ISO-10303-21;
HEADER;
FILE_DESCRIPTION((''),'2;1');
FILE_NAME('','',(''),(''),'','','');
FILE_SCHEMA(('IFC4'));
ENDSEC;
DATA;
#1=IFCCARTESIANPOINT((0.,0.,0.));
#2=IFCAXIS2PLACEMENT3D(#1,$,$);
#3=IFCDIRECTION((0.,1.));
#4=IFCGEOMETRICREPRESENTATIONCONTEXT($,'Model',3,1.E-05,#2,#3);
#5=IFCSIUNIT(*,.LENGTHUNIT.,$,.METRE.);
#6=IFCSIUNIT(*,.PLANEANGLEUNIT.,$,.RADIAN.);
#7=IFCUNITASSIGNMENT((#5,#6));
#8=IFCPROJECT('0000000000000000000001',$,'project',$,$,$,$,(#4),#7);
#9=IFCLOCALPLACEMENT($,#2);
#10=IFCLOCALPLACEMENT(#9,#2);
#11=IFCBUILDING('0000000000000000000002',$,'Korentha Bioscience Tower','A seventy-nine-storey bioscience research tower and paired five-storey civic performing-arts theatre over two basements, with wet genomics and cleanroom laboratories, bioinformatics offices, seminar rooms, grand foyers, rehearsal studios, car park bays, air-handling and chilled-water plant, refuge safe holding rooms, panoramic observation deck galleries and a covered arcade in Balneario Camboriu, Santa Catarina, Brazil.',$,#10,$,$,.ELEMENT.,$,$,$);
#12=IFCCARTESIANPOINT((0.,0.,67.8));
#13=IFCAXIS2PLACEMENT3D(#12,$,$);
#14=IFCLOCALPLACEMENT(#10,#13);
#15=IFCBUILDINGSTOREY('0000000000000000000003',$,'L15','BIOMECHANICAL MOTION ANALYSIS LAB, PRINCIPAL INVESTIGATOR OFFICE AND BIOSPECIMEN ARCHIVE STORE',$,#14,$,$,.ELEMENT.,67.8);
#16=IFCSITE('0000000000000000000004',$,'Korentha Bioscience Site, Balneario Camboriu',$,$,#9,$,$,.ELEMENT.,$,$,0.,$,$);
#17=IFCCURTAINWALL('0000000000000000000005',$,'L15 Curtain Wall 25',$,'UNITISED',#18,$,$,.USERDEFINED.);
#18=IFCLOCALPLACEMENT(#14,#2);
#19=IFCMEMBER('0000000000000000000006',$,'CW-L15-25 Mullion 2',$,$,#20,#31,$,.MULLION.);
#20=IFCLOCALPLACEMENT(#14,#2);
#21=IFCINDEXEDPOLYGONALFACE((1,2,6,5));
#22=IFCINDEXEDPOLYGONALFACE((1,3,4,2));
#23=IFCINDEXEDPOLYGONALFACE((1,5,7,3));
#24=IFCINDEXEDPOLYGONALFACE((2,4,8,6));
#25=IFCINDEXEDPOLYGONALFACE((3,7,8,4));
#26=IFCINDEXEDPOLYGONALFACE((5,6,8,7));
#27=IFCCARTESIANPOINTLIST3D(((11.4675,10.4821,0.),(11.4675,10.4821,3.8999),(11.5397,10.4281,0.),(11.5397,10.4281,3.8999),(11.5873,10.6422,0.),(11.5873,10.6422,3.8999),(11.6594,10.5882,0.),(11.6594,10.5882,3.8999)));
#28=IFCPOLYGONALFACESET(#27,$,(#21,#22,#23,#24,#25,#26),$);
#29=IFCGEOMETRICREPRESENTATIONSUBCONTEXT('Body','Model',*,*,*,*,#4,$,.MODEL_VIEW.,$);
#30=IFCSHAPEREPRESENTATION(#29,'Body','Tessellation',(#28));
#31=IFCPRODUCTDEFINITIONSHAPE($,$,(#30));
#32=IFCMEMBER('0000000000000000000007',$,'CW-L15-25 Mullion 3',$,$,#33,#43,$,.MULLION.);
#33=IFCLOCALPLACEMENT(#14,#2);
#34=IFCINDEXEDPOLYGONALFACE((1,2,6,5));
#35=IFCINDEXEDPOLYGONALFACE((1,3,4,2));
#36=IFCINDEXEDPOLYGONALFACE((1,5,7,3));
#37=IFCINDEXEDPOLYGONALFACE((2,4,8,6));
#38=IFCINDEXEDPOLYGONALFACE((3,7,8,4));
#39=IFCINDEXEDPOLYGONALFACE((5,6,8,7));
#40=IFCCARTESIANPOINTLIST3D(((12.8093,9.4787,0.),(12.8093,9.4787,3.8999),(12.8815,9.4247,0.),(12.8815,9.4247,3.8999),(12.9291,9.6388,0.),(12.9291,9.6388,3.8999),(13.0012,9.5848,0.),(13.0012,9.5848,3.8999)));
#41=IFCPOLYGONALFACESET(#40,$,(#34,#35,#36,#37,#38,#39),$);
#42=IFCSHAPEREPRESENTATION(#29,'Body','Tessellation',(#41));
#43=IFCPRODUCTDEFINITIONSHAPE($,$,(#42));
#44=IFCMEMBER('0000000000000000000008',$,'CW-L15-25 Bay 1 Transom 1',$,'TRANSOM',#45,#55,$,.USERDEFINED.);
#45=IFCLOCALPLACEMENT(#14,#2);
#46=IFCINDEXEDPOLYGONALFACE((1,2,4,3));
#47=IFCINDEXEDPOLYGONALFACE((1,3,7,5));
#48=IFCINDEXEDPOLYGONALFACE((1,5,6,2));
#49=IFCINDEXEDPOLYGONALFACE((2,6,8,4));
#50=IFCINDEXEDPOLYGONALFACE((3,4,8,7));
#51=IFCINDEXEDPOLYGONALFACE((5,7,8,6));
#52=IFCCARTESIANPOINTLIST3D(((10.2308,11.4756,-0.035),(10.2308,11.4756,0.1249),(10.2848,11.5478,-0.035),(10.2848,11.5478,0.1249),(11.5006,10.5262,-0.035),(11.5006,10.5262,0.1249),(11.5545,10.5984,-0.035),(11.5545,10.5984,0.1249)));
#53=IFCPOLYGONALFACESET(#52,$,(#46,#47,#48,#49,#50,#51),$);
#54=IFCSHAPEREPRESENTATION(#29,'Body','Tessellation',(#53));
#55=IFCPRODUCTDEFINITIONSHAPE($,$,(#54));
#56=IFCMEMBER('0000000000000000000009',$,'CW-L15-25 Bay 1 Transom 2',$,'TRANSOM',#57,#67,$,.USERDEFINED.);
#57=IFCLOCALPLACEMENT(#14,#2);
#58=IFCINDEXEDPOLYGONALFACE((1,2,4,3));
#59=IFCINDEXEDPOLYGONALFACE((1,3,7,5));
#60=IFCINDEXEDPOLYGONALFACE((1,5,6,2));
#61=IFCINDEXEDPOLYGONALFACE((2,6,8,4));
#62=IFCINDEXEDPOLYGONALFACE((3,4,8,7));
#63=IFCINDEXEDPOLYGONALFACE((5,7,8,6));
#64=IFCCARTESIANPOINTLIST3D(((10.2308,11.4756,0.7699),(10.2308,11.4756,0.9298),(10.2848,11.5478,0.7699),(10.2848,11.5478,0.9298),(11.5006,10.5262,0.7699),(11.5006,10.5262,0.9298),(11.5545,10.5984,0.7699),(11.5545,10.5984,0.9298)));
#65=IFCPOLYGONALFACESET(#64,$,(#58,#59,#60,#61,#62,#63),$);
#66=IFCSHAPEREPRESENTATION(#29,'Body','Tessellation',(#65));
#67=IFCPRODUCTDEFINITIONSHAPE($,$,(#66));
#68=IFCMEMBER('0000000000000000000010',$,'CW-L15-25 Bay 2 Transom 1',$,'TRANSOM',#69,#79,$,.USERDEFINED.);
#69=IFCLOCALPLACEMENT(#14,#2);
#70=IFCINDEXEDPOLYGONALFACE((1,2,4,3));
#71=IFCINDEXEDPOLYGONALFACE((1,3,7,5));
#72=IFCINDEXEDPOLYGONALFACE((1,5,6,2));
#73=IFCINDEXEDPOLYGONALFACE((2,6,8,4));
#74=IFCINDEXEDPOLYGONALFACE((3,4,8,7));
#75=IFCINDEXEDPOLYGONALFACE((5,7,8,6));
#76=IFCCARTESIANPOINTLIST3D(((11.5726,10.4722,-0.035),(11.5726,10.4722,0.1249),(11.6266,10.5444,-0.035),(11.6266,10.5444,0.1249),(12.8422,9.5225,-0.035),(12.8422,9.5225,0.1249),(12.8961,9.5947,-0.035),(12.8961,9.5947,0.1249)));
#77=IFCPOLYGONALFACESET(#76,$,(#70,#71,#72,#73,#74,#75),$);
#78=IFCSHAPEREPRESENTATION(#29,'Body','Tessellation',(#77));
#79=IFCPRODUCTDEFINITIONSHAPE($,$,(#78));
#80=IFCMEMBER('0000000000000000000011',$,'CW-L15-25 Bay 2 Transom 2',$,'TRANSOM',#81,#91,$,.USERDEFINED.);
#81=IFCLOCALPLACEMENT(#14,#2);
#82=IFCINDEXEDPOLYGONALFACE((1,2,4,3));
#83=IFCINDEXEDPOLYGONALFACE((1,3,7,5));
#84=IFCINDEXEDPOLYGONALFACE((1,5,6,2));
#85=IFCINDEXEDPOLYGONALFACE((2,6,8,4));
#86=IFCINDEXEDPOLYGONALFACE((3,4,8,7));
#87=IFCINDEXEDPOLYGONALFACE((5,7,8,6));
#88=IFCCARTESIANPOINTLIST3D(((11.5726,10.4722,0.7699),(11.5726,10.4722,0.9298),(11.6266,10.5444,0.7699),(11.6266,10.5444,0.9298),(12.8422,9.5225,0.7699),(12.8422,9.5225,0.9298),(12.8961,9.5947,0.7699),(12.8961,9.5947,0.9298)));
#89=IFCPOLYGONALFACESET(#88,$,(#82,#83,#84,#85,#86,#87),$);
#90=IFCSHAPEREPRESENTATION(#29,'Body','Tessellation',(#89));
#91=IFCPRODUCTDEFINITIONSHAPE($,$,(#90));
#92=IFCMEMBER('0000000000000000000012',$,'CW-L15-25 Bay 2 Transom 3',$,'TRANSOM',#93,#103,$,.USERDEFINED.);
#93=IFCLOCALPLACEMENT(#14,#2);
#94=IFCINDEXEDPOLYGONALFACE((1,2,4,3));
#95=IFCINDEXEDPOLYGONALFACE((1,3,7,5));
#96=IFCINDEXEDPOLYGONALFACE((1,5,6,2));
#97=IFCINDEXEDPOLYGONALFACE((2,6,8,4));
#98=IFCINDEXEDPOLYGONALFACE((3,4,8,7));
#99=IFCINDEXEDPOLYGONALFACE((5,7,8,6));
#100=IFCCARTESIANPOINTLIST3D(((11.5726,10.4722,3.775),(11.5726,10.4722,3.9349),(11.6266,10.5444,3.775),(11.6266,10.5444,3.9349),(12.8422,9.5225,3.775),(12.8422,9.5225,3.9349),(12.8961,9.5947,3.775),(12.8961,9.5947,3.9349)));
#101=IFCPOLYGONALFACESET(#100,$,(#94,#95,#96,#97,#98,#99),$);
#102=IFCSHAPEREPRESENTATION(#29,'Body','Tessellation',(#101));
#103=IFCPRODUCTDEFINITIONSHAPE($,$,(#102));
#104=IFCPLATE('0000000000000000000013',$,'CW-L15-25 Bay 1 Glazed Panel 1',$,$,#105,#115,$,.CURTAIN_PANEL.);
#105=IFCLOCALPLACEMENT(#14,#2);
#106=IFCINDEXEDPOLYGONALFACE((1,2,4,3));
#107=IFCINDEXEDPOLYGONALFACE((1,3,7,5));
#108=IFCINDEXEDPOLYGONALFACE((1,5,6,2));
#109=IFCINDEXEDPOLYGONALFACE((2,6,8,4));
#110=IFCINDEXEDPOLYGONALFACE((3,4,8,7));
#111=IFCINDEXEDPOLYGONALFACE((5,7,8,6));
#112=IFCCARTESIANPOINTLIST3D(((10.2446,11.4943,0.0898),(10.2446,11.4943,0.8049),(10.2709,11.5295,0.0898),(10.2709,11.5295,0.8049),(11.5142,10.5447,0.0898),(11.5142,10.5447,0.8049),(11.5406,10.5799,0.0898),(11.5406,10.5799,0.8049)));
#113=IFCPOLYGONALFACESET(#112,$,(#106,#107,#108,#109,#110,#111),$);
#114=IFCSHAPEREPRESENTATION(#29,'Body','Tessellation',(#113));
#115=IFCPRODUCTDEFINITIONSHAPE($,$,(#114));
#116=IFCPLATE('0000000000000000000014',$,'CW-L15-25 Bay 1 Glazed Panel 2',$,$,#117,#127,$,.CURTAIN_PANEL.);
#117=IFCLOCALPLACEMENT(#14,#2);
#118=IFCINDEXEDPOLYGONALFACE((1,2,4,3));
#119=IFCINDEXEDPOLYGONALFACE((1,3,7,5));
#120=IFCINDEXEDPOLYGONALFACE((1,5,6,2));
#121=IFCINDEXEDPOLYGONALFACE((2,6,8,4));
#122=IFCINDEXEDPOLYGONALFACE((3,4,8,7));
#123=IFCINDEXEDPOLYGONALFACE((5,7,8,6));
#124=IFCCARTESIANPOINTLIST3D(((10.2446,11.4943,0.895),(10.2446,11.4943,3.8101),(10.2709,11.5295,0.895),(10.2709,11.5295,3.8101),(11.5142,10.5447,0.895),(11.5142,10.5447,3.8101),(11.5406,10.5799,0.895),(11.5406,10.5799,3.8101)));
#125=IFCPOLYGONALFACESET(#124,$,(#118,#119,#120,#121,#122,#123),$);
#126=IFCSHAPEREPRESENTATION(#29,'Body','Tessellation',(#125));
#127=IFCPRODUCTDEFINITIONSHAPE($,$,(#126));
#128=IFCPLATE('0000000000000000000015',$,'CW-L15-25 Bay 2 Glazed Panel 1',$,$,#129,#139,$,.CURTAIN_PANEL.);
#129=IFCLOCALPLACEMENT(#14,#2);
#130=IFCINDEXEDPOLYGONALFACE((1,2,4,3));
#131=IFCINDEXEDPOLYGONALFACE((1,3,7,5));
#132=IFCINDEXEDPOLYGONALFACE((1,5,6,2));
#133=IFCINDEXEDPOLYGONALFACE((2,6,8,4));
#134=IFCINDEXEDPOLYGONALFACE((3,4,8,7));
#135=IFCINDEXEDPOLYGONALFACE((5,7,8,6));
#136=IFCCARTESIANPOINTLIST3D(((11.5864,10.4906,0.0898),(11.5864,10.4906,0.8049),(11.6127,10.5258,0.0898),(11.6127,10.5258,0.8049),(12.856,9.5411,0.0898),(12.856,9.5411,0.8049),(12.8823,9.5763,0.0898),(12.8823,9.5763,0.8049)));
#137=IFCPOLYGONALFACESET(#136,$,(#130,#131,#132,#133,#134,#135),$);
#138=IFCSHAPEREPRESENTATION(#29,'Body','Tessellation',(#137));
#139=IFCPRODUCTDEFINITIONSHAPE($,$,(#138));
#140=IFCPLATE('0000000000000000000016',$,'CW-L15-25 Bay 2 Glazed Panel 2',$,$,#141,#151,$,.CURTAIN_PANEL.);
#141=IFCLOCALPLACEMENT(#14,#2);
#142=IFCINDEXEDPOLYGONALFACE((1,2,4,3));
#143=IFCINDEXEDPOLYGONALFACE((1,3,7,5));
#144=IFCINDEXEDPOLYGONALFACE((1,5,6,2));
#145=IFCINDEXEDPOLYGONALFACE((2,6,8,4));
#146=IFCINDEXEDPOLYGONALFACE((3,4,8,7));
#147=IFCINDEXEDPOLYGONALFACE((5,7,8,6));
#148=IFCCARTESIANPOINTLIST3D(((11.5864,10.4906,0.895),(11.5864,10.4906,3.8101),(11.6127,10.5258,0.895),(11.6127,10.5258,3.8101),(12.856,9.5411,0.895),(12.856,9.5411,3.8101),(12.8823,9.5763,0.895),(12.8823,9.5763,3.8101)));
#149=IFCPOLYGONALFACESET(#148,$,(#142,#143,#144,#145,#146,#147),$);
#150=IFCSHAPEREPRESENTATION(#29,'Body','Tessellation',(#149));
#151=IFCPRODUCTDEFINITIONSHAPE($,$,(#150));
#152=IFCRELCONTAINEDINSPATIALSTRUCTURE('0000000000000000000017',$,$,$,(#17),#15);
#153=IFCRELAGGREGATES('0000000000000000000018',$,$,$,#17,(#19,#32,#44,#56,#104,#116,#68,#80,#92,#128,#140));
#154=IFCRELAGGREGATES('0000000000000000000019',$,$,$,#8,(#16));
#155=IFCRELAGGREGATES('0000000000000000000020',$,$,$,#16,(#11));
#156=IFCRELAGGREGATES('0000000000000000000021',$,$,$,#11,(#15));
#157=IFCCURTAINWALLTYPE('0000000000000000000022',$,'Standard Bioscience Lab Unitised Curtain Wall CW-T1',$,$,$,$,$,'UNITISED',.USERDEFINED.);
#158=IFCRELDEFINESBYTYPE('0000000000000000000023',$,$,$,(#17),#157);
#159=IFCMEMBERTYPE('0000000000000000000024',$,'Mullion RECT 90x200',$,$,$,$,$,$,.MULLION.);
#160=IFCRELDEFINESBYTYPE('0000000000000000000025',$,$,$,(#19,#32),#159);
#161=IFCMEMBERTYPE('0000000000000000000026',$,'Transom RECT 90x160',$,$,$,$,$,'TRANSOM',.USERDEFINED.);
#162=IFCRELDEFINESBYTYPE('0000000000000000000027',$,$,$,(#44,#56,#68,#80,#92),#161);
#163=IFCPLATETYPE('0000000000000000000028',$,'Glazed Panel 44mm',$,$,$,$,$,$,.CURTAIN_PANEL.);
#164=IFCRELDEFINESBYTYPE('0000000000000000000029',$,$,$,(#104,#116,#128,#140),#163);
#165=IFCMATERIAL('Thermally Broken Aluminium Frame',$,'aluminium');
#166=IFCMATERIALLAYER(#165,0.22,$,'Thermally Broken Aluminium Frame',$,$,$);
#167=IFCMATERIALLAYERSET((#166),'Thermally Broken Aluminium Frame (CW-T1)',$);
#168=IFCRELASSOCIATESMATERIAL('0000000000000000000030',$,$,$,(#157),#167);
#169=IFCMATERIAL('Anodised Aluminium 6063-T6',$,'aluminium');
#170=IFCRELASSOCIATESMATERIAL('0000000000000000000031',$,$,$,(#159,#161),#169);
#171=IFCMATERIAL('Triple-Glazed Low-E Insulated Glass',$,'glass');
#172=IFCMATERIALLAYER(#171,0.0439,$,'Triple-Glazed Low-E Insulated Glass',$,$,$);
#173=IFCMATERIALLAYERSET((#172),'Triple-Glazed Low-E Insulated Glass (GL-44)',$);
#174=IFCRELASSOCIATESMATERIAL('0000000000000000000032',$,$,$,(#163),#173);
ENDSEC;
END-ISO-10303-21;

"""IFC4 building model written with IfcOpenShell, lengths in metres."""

from ifc_helpers import new_model, si_unit, direction, frame, origin, origin_2d, place, context, subcontext, project, spatial, rectangle, extrude, material, layer, layer_set, material_profile, profile_set, type_object, element, aggregate, save


model = new_model("IFC4")

# Units and contexts
model_context = context("Model", 3, precision=1e-05, world=origin(), true_north=direction((0.0, 1.0)))
body_context = subcontext(model_context, "Body", "Model", "MODEL_VIEW")
ifc_project = project(units=[si_unit("LENGTHUNIT", "METRE"), si_unit("PLANEANGLEUNIT", "RADIAN")], contexts=[model_context])

# Site, building, storey
site_placement = place(None, origin())
site = spatial("IfcSite", under=ifc_project, at=site_placement, Name="Korentha Bioscience Site, Balneario Camboriu", CompositionType="ELEMENT", RefElevation=0.0)
building_placement = place(site_placement, origin())
building = spatial("IfcBuilding", under=site, at=building_placement, Name="Korentha Bioscience Tower", Description="A seventy-nine-storey bioscience research tower and paired five-storey civic performing-arts theatre over two basements, with wet genomics and cleanroom laboratories, bioinformatics offices, seminar rooms, grand foyers, rehearsal studios, car park bays, air-handling and chilled-water plant, refuge safe holding rooms, panoramic observation deck galleries and a covered arcade in Balneario Camboriu, Santa Catarina, Brazil.", CompositionType="ELEMENT")
storey_placement = place(building_placement, frame((0.0, 0.0, 67.8)))
storey = spatial("IfcBuildingStorey", under=building, at=storey_placement, Name="L15", Description="BIOMECHANICAL MOTION ANALYSIS LAB, PRINCIPAL INVESTIGATOR OFFICE AND BIOSPECIMEN ARCHIVE STORE", CompositionType="ELEMENT", Elevation=67.8)

# Curtain wall, members, plates
ifc_material_1 = material(Name="Thermally Broken Aluminium Frame", Category="aluminium")
ifc_layer_1 = layer(ifc_material_1, 0.22, Name="Thermally Broken Aluminium Frame")
ifc_layer_set_1 = layer_set([ifc_layer_1], Name="Thermally Broken Aluminium Frame (CW-T1)")
curtain_wall_type = type_object("IfcCurtainWallType", Name="Standard Bioscience Lab Unitised Curtain Wall CW-T1", ElementType="UNITISED", PredefinedType="USERDEFINED", material=ifc_layer_set_1)
curtain_wall_placement = place(storey_placement, origin())
curtain_wall = element("IfcCurtainWall", 1, at=curtain_wall_placement, inside=storey, type_object=curtain_wall_type, Name="L15 Curtain Wall 25", ObjectType="UNITISED", PredefinedType="USERDEFINED")
ifc_material_2 = material(Name="Anodised Aluminium 6063-T6", Category="aluminium")
ifc_material_profile_1 = material_profile(ifc_material_2, rectangle(XDim=0.0901, YDim=0.2, at=origin_2d()), Name="Anodised Aluminium 6063-T6")
ifc_profile_set_1 = profile_set([ifc_material_profile_1], Name="Anodised Aluminium 6063-T6 (CW-MUL)")
member_type_1 = type_object("IfcMemberType", Name="Mullion RECT 90x200", PredefinedType="MULLION", material=ifc_profile_set_1)
member_1_placement = place(storey_placement, frame((11.5635, 10.5352, 0.0), z_axis=(0.0, 0.0, 1.0), x_axis=(0.800798, -0.598935, 0.0)))
member_1 = element("IfcMember", 2, at=member_1_placement, type_object=member_type_1, Name="CW-L15-25 Mullion 2", PredefinedType="MULLION", context=body_context, shape_type="SweptSolid", body=[
    extrude(rectangle(XDim=0.0901, YDim=0.2, at=origin_2d()), origin(), (0.0, 0.0, 1.0), 3.8999),
])
member_2_placement = place(storey_placement, frame((12.9053, 9.5317, 0.0), z_axis=(0.0, 0.0, 1.0), x_axis=(0.800798, -0.598935, 0.0)))
member_2 = element("IfcMember", 3, at=member_2_placement, type_object=member_type_1, Name="CW-L15-25 Mullion 3", PredefinedType="MULLION", context=body_context, shape_type="SweptSolid", body=[
    extrude(rectangle(XDim=0.0901, YDim=0.2, at=origin_2d()), origin(), (0.0, 0.0, 1.0), 3.8999),
])
ifc_material_profile_2 = material_profile(ifc_material_2, rectangle(XDim=0.0901, YDim=0.1599, at=origin_2d()), Name="Anodised Aluminium 6063-T6")
ifc_profile_set_2 = profile_set([ifc_material_profile_2], Name="Anodised Aluminium 6063-T6 (CW-TRN)")
member_type_2 = type_object("IfcMemberType", Name="Transom RECT 90x160", ElementType="TRANSOM", PredefinedType="USERDEFINED", material=ifc_profile_set_2)
member_3_placement = place(storey_placement, frame((10.2578, 11.5117, 0.0449), z_axis=(0.800868, -0.598841, 0.0), x_axis=(0.598841, 0.800868, 0.0)))
member_3 = element("IfcMember", 4, at=member_3_placement, type_object=member_type_2, Name="CW-L15-25 Bay 1 Transom 1", ObjectType="TRANSOM", PredefinedType="USERDEFINED", context=body_context, shape_type="SweptSolid", body=[
    extrude(rectangle(XDim=0.0901, YDim=0.1599, at=origin_2d()), origin(), (0.0, 0.0, 1.0), 1.5854),
])
member_4_placement = place(storey_placement, frame((10.2578, 11.5117, 0.8499), z_axis=(0.800868, -0.598841, 0.0), x_axis=(0.598841, 0.800868, 0.0)))
member_4 = element("IfcMember", 5, at=member_4_placement, type_object=member_type_2, Name="CW-L15-25 Bay 1 Transom 2", ObjectType="TRANSOM", PredefinedType="USERDEFINED", context=body_context, shape_type="SweptSolid", body=[
    extrude(rectangle(XDim=0.0901, YDim=0.1599, at=origin_2d()), origin(), (0.0, 0.0, 1.0), 1.5854),
])
member_5_placement = place(storey_placement, frame((11.5996, 10.5083, 0.0449), z_axis=(0.800739, -0.599014, 0.0), x_axis=(0.599014, 0.800739, 0.0)))
member_5 = element("IfcMember", 6, at=member_5_placement, type_object=member_type_2, Name="CW-L15-25 Bay 2 Transom 1", ObjectType="TRANSOM", PredefinedType="USERDEFINED", context=body_context, shape_type="SweptSolid", body=[
    extrude(rectangle(XDim=0.0901, YDim=0.1599, at=origin_2d()), origin(), (0.0, 0.0, 1.0), 1.5854),
])
member_6_placement = place(storey_placement, frame((11.5996, 10.5083, 0.8499), z_axis=(0.800739, -0.599014, 0.0), x_axis=(0.599014, 0.800739, 0.0)))
member_6 = element("IfcMember", 7, at=member_6_placement, type_object=member_type_2, Name="CW-L15-25 Bay 2 Transom 2", ObjectType="TRANSOM", PredefinedType="USERDEFINED", context=body_context, shape_type="SweptSolid", body=[
    extrude(rectangle(XDim=0.0901, YDim=0.1599, at=origin_2d()), origin(), (0.0, 0.0, 1.0), 1.5854),
])
member_7_placement = place(storey_placement, frame((11.5996, 10.5083, 3.855), z_axis=(0.800739, -0.599014, 0.0), x_axis=(0.599014, 0.800739, 0.0)))
member_7 = element("IfcMember", 8, at=member_7_placement, type_object=member_type_2, Name="CW-L15-25 Bay 2 Transom 3", ObjectType="TRANSOM", PredefinedType="USERDEFINED", context=body_context, shape_type="SweptSolid", body=[
    extrude(rectangle(XDim=0.0901, YDim=0.1599, at=origin_2d()), origin(), (0.0, 0.0, 1.0), 1.5854),
])
ifc_material_3 = material(Name="Triple-Glazed Low-E Insulated Glass", Category="glass")
ifc_layer_2 = layer(ifc_material_3, 0.0439, Name="Triple-Glazed Low-E Insulated Glass")
ifc_layer_set_2 = layer_set([ifc_layer_2], Name="Triple-Glazed Low-E Insulated Glass (GL-44)")
plate_type = type_object("IfcPlateType", Name="Glazed Panel 44mm", PredefinedType="CURTAIN_PANEL", material=ifc_layer_set_2)
plate_1_placement = place(storey_placement, frame((10.8926, 11.0371, 0.0898), z_axis=(0.0, 0.0, 1.0), x_axis=(0.800798, -0.598935, 0.0)))
plate_1 = element("IfcPlate", 9, at=plate_1_placement, type_object=plate_type, Name="CW-L15-25 Bay 1 Glazed Panel 1", PredefinedType="CURTAIN_PANEL", context=body_context, shape_type="SweptSolid", body=[
    extrude(rectangle(XDim=1.5854, YDim=0.0439, at=origin_2d()), origin(), (0.0, 0.0, 1.0), 0.7151),
])
plate_2_placement = place(storey_placement, frame((10.8926, 11.0371, 0.895), z_axis=(0.0, 0.0, 1.0), x_axis=(0.800798, -0.598935, 0.0)))
plate_2 = element("IfcPlate", 10, at=plate_2_placement, type_object=plate_type, Name="CW-L15-25 Bay 1 Glazed Panel 2", PredefinedType="CURTAIN_PANEL", context=body_context, shape_type="SweptSolid", body=[
    extrude(rectangle(XDim=1.5854, YDim=0.0439, at=origin_2d()), origin(), (0.0, 0.0, 1.0), 2.915),
])
plate_3_placement = place(storey_placement, frame((12.2344, 10.0334, 0.0898), z_axis=(0.0, 0.0, 1.0), x_axis=(0.800798, -0.598935, 0.0)))
plate_3 = element("IfcPlate", 11, at=plate_3_placement, type_object=plate_type, Name="CW-L15-25 Bay 2 Glazed Panel 1", PredefinedType="CURTAIN_PANEL", context=body_context, shape_type="SweptSolid", body=[
    extrude(rectangle(XDim=1.5854, YDim=0.0439, at=origin_2d()), origin(), (0.0, 0.0, 1.0), 0.7151),
])
plate_4_placement = place(storey_placement, frame((12.2344, 10.0334, 0.895), z_axis=(0.0, 0.0, 1.0), x_axis=(0.800798, -0.598935, 0.0)))
plate_4 = element("IfcPlate", 12, at=plate_4_placement, type_object=plate_type, Name="CW-L15-25 Bay 2 Glazed Panel 2", PredefinedType="CURTAIN_PANEL", context=body_context, shape_type="SweptSolid", body=[
    extrude(rectangle(XDim=1.5854, YDim=0.0439, at=origin_2d()), origin(), (0.0, 0.0, 1.0), 2.915),
])
aggregate(curtain_wall, [member_1, member_2, member_3, member_4, plate_1, plate_2, member_5, member_6, member_7, plate_3, plate_4])

save(model, "model.ifc")
